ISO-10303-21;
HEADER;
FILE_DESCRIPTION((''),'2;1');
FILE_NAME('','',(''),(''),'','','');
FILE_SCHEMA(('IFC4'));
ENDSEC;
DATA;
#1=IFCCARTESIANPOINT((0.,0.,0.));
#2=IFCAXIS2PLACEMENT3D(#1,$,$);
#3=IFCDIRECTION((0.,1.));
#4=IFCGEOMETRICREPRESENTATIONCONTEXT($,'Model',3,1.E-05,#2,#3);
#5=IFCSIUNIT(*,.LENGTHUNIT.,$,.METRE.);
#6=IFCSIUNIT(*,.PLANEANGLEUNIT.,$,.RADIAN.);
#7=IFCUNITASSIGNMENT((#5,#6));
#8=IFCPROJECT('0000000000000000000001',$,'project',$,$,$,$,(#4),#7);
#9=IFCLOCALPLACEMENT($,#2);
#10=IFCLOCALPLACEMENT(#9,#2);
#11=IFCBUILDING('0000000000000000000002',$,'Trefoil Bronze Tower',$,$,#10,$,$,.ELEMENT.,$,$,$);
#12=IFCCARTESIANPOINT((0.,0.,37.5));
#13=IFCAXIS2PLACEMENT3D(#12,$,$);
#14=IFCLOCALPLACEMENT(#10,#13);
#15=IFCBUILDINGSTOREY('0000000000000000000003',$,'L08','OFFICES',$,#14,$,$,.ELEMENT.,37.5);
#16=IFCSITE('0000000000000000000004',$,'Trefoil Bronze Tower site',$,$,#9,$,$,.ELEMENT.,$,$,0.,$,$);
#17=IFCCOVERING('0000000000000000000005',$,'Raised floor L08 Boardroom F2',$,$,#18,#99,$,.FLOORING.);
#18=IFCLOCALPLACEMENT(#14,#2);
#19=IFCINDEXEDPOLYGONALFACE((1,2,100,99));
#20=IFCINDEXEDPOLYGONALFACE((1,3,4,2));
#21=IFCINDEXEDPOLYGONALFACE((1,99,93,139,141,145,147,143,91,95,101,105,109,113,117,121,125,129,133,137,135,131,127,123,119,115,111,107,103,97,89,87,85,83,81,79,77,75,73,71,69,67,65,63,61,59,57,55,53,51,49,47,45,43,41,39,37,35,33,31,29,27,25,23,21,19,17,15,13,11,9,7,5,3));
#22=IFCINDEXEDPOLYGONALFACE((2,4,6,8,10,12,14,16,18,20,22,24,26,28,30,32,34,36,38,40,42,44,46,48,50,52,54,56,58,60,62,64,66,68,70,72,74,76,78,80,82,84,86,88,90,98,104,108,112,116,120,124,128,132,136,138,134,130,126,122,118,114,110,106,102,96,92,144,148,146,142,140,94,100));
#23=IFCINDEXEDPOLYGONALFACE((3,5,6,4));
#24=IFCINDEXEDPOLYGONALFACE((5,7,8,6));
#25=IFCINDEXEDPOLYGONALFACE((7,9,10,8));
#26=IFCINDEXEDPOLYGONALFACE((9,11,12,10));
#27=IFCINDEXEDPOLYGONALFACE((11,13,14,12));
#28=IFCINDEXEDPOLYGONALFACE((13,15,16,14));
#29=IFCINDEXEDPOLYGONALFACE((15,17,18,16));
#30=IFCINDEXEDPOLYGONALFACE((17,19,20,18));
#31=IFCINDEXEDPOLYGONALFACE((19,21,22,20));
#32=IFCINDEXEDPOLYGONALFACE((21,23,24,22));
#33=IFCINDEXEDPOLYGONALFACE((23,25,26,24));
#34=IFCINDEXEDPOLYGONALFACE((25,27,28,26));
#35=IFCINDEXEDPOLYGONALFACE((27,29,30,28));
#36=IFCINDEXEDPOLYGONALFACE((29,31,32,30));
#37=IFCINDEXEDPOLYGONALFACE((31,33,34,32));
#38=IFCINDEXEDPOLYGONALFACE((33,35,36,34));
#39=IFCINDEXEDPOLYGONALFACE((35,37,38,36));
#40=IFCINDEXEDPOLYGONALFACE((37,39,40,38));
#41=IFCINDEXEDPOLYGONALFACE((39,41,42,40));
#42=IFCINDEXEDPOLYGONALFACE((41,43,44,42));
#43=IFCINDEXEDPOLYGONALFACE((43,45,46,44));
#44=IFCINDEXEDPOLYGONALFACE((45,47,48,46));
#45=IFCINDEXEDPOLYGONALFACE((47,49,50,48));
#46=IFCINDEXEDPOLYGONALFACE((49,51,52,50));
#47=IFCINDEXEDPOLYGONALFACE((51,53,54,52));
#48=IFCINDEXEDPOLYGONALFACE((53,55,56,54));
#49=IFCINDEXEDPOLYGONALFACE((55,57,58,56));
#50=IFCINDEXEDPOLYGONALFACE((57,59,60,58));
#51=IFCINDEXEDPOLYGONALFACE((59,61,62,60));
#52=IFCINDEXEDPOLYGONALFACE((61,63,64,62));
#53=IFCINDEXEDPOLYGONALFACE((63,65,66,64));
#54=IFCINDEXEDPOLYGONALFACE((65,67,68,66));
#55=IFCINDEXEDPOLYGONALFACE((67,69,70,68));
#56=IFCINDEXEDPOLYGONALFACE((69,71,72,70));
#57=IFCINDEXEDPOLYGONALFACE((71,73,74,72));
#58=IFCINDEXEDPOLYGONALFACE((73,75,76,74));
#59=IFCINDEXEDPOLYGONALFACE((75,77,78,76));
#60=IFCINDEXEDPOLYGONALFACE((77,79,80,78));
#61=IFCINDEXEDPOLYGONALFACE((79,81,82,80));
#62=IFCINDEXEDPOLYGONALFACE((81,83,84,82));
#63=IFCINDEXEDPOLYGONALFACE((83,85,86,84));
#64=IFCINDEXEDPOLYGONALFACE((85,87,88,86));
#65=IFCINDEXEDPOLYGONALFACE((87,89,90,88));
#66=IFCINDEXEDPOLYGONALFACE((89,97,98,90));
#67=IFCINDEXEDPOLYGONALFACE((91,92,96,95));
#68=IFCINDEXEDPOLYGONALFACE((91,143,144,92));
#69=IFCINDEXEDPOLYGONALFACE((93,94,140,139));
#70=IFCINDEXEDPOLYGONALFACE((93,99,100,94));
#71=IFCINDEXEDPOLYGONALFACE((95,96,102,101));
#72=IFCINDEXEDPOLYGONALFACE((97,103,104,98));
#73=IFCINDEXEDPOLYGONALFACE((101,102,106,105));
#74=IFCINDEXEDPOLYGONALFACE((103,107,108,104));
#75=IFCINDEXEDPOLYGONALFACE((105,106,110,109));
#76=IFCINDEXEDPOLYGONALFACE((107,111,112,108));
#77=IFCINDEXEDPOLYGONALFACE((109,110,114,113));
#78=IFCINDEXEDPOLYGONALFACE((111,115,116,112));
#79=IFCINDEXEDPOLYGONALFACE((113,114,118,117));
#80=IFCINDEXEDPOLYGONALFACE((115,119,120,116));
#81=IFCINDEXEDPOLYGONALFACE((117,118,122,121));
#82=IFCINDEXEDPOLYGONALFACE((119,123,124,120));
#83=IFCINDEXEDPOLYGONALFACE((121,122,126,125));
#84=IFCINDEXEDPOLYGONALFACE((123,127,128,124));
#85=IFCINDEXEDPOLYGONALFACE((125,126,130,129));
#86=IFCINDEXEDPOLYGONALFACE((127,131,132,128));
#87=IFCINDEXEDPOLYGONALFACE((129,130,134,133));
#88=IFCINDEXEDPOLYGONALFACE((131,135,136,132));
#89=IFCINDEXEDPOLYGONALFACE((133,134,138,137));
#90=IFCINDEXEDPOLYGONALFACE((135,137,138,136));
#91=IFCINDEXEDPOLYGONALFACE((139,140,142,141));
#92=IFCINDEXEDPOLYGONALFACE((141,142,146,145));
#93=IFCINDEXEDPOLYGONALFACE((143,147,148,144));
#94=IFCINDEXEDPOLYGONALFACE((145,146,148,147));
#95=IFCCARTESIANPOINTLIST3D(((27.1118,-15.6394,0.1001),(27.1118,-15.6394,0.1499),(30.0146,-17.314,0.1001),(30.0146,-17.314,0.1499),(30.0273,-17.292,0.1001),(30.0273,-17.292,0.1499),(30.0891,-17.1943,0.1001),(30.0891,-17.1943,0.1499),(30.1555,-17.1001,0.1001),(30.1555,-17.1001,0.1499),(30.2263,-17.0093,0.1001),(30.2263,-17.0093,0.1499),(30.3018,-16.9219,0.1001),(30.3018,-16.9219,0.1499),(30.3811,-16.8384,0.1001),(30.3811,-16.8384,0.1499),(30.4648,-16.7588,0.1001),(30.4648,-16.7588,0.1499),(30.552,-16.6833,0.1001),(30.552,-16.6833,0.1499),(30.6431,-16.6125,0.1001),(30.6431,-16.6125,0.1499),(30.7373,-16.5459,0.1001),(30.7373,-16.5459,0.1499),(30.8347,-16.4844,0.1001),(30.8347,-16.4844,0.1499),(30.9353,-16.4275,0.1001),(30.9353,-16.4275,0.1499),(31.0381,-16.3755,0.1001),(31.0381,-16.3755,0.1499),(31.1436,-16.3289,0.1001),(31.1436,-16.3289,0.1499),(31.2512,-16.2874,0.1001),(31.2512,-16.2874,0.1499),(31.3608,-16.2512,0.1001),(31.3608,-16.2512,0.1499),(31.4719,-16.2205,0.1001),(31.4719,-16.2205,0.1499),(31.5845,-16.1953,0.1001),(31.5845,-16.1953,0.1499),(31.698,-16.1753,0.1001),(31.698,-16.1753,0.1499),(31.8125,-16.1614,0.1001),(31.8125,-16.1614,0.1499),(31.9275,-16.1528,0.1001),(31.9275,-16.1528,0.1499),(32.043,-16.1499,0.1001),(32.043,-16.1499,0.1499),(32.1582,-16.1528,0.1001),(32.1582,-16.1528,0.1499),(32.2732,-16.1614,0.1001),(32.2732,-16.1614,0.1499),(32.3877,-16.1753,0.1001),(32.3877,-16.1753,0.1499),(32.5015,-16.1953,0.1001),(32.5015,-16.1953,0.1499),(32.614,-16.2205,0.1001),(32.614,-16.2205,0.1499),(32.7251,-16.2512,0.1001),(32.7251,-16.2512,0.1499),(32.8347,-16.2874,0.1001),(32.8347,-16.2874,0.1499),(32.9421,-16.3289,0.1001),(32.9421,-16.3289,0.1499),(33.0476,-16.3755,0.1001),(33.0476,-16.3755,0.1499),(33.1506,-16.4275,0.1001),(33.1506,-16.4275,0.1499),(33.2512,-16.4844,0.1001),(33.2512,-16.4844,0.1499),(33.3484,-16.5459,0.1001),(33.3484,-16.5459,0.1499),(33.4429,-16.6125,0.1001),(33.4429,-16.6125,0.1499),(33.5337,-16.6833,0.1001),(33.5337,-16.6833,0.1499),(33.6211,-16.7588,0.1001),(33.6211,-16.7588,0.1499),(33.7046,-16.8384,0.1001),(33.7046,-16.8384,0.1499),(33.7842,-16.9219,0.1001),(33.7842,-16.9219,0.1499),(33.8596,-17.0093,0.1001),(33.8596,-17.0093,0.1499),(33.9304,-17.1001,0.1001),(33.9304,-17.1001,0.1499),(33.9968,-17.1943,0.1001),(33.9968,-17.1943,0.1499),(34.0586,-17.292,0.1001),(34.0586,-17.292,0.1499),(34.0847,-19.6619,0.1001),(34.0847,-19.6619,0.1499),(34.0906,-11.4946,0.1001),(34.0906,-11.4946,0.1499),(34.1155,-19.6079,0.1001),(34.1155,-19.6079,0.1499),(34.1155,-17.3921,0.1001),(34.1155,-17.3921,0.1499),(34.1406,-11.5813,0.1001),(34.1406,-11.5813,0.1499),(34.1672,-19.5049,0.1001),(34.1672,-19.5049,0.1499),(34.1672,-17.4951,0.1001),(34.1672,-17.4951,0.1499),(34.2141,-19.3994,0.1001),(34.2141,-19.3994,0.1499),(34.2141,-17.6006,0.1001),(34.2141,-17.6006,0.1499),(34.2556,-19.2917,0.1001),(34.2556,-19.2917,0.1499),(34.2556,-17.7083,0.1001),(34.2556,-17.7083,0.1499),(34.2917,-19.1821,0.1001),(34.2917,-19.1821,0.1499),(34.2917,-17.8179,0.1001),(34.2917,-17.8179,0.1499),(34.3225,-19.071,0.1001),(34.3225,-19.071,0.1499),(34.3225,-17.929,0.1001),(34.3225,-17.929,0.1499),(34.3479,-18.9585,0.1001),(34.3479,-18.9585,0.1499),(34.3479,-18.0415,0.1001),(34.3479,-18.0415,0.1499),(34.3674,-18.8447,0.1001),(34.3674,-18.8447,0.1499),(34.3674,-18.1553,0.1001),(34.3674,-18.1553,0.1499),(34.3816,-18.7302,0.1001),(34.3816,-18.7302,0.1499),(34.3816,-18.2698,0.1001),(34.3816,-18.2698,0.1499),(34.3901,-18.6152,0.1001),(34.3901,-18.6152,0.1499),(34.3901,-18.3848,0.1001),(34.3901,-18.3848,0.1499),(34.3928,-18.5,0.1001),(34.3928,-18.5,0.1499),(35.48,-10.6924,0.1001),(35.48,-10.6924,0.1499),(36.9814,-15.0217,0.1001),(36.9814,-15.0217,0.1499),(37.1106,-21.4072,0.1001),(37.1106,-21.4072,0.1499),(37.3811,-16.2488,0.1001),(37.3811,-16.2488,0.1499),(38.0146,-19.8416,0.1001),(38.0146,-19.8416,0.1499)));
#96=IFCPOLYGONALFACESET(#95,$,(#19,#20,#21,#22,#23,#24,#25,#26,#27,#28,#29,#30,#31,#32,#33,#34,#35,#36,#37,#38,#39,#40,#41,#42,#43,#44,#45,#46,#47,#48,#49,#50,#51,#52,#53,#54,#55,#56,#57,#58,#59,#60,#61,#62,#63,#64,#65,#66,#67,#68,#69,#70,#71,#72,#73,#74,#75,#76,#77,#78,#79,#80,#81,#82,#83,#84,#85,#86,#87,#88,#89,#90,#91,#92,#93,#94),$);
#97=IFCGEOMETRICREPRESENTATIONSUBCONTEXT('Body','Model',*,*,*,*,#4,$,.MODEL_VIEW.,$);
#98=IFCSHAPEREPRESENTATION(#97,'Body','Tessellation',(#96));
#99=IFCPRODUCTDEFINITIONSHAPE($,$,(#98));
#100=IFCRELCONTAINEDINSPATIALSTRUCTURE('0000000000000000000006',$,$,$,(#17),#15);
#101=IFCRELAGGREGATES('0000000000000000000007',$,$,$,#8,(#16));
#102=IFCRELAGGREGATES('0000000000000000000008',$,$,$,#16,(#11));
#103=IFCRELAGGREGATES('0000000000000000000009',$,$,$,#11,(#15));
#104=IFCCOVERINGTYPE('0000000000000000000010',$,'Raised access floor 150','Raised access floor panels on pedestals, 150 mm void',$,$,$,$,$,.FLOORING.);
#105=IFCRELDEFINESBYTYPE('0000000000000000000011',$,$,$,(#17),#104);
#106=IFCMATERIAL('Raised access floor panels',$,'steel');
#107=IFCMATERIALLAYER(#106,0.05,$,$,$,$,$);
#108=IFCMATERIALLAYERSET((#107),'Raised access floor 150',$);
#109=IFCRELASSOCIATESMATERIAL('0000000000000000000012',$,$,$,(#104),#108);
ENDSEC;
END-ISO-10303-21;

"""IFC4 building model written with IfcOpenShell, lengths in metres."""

from ifc_helpers import new_model, si_unit, direction, frame, origin, place, context, subcontext, project, spatial, polyline, outline, extrude, material, layer, layer_set, type_object, element, save


model = new_model("IFC4")

# Units and contexts
model_context = context("Model", 3, precision=1e-05, world=origin(), true_north=direction((0.0, 1.0)))
body_context = subcontext(model_context, "Body", "Model", "MODEL_VIEW")
ifc_project = project(units=[si_unit("LENGTHUNIT", "METRE"), si_unit("PLANEANGLEUNIT", "RADIAN")], contexts=[model_context])

# Site, building, storey
site_placement = place(None, origin())
site = spatial("IfcSite", under=ifc_project, at=site_placement, Name="Trefoil Bronze Tower site", CompositionType="ELEMENT", RefElevation=0.0)
building_placement = place(site_placement, origin())
building = spatial("IfcBuilding", under=site, at=building_placement, Name="Trefoil Bronze Tower", CompositionType="ELEMENT")
storey_placement = place(building_placement, frame((0.0, 0.0, 37.5)))
storey = spatial("IfcBuildingStorey", under=building, at=storey_placement, Name="L08", Description="OFFICES", CompositionType="ELEMENT", Elevation=37.5)

# Covering
ifc_material_1 = material(Name="Raised access floor panels", Category="steel")
ifc_layer_1 = layer(ifc_material_1, 0.05)
ifc_layer_set_1 = layer_set([ifc_layer_1], Name="Raised access floor 150")
covering_type_1 = type_object("IfcCoveringType", Name="Raised access floor 150", Description="Raised access floor panels on pedestals, 150 mm void", PredefinedType="FLOORING", material=ifc_layer_set_1)
covering_1_placement = place(storey_placement, frame((0.0, 0.0, 0.1001)))
element("IfcCovering", 1, at=covering_1_placement, inside=storey, type_object=covering_type_1, Name="Raised floor L08 Boardroom F2", PredefinedType="FLOORING", context=body_context, shape_type="SweptSolid", body=[
    extrude(outline(polyline([(30.0146, -17.314), (27.1118, -15.6394), (34.1406, -11.5813), (34.0906, -11.4946), (35.48, -10.6924), (36.9814, -15.0217), (37.3811, -16.2488), (38.0146, -19.8416), (37.1106, -21.4072), (34.0847, -19.6619), (34.1155, -19.6079), (34.1672, -19.5049), (34.2141, -19.3994), (34.2556, -19.2917), (34.2917, -19.1821), (34.3225, -19.071), (34.3479, -18.9585), (34.3674, -18.8447), (34.3816, -18.7302), (34.3901, -18.6152), (34.3928, -18.5), (34.3901, -18.3848), (34.3816, -18.2698), (34.3674, -18.1553), (34.3479, -18.0415), (34.3225, -17.929), (34.2917, -17.8179), (34.2556, -17.7083), (34.2141, -17.6006), (34.1672, -17.4951), (34.1155, -17.3921), (34.0586, -17.292), (33.9968, -17.1943), (33.9304, -17.1001), (33.8596, -17.0093), (33.7842, -16.9219), (33.7046, -16.8384), (33.6211, -16.7588), (33.5337, -16.6833), (33.4429, -16.6125), (33.3484, -16.5459), (33.2512, -16.4844), (33.1506, -16.4275), (33.0476, -16.3755), (32.9421, -16.3289), (32.8347, -16.2874), (32.7251, -16.2512), (32.614, -16.2205), (32.5015, -16.1953), (32.3877, -16.1753), (32.2732, -16.1614), (32.1582, -16.1528), (32.043, -16.1499), (31.9275, -16.1528), (31.8125, -16.1614), (31.698, -16.1753), (31.5845, -16.1953), (31.4719, -16.2205), (31.3608, -16.2512), (31.2512, -16.2874), (31.1436, -16.3289), (31.0381, -16.3755), (30.9353, -16.4275), (30.8347, -16.4844), (30.7373, -16.5459), (30.6431, -16.6125), (30.552, -16.6833), (30.4648, -16.7588), (30.3811, -16.8384), (30.3018, -16.9219), (30.2263, -17.0093), (30.1555, -17.1001), (30.0891, -17.1943), (30.0273, -17.292), (30.0146, -17.314)])), origin(), (0.0, 0.0, 1.0), 0.0498),
])

save(model, "model.ifc")
